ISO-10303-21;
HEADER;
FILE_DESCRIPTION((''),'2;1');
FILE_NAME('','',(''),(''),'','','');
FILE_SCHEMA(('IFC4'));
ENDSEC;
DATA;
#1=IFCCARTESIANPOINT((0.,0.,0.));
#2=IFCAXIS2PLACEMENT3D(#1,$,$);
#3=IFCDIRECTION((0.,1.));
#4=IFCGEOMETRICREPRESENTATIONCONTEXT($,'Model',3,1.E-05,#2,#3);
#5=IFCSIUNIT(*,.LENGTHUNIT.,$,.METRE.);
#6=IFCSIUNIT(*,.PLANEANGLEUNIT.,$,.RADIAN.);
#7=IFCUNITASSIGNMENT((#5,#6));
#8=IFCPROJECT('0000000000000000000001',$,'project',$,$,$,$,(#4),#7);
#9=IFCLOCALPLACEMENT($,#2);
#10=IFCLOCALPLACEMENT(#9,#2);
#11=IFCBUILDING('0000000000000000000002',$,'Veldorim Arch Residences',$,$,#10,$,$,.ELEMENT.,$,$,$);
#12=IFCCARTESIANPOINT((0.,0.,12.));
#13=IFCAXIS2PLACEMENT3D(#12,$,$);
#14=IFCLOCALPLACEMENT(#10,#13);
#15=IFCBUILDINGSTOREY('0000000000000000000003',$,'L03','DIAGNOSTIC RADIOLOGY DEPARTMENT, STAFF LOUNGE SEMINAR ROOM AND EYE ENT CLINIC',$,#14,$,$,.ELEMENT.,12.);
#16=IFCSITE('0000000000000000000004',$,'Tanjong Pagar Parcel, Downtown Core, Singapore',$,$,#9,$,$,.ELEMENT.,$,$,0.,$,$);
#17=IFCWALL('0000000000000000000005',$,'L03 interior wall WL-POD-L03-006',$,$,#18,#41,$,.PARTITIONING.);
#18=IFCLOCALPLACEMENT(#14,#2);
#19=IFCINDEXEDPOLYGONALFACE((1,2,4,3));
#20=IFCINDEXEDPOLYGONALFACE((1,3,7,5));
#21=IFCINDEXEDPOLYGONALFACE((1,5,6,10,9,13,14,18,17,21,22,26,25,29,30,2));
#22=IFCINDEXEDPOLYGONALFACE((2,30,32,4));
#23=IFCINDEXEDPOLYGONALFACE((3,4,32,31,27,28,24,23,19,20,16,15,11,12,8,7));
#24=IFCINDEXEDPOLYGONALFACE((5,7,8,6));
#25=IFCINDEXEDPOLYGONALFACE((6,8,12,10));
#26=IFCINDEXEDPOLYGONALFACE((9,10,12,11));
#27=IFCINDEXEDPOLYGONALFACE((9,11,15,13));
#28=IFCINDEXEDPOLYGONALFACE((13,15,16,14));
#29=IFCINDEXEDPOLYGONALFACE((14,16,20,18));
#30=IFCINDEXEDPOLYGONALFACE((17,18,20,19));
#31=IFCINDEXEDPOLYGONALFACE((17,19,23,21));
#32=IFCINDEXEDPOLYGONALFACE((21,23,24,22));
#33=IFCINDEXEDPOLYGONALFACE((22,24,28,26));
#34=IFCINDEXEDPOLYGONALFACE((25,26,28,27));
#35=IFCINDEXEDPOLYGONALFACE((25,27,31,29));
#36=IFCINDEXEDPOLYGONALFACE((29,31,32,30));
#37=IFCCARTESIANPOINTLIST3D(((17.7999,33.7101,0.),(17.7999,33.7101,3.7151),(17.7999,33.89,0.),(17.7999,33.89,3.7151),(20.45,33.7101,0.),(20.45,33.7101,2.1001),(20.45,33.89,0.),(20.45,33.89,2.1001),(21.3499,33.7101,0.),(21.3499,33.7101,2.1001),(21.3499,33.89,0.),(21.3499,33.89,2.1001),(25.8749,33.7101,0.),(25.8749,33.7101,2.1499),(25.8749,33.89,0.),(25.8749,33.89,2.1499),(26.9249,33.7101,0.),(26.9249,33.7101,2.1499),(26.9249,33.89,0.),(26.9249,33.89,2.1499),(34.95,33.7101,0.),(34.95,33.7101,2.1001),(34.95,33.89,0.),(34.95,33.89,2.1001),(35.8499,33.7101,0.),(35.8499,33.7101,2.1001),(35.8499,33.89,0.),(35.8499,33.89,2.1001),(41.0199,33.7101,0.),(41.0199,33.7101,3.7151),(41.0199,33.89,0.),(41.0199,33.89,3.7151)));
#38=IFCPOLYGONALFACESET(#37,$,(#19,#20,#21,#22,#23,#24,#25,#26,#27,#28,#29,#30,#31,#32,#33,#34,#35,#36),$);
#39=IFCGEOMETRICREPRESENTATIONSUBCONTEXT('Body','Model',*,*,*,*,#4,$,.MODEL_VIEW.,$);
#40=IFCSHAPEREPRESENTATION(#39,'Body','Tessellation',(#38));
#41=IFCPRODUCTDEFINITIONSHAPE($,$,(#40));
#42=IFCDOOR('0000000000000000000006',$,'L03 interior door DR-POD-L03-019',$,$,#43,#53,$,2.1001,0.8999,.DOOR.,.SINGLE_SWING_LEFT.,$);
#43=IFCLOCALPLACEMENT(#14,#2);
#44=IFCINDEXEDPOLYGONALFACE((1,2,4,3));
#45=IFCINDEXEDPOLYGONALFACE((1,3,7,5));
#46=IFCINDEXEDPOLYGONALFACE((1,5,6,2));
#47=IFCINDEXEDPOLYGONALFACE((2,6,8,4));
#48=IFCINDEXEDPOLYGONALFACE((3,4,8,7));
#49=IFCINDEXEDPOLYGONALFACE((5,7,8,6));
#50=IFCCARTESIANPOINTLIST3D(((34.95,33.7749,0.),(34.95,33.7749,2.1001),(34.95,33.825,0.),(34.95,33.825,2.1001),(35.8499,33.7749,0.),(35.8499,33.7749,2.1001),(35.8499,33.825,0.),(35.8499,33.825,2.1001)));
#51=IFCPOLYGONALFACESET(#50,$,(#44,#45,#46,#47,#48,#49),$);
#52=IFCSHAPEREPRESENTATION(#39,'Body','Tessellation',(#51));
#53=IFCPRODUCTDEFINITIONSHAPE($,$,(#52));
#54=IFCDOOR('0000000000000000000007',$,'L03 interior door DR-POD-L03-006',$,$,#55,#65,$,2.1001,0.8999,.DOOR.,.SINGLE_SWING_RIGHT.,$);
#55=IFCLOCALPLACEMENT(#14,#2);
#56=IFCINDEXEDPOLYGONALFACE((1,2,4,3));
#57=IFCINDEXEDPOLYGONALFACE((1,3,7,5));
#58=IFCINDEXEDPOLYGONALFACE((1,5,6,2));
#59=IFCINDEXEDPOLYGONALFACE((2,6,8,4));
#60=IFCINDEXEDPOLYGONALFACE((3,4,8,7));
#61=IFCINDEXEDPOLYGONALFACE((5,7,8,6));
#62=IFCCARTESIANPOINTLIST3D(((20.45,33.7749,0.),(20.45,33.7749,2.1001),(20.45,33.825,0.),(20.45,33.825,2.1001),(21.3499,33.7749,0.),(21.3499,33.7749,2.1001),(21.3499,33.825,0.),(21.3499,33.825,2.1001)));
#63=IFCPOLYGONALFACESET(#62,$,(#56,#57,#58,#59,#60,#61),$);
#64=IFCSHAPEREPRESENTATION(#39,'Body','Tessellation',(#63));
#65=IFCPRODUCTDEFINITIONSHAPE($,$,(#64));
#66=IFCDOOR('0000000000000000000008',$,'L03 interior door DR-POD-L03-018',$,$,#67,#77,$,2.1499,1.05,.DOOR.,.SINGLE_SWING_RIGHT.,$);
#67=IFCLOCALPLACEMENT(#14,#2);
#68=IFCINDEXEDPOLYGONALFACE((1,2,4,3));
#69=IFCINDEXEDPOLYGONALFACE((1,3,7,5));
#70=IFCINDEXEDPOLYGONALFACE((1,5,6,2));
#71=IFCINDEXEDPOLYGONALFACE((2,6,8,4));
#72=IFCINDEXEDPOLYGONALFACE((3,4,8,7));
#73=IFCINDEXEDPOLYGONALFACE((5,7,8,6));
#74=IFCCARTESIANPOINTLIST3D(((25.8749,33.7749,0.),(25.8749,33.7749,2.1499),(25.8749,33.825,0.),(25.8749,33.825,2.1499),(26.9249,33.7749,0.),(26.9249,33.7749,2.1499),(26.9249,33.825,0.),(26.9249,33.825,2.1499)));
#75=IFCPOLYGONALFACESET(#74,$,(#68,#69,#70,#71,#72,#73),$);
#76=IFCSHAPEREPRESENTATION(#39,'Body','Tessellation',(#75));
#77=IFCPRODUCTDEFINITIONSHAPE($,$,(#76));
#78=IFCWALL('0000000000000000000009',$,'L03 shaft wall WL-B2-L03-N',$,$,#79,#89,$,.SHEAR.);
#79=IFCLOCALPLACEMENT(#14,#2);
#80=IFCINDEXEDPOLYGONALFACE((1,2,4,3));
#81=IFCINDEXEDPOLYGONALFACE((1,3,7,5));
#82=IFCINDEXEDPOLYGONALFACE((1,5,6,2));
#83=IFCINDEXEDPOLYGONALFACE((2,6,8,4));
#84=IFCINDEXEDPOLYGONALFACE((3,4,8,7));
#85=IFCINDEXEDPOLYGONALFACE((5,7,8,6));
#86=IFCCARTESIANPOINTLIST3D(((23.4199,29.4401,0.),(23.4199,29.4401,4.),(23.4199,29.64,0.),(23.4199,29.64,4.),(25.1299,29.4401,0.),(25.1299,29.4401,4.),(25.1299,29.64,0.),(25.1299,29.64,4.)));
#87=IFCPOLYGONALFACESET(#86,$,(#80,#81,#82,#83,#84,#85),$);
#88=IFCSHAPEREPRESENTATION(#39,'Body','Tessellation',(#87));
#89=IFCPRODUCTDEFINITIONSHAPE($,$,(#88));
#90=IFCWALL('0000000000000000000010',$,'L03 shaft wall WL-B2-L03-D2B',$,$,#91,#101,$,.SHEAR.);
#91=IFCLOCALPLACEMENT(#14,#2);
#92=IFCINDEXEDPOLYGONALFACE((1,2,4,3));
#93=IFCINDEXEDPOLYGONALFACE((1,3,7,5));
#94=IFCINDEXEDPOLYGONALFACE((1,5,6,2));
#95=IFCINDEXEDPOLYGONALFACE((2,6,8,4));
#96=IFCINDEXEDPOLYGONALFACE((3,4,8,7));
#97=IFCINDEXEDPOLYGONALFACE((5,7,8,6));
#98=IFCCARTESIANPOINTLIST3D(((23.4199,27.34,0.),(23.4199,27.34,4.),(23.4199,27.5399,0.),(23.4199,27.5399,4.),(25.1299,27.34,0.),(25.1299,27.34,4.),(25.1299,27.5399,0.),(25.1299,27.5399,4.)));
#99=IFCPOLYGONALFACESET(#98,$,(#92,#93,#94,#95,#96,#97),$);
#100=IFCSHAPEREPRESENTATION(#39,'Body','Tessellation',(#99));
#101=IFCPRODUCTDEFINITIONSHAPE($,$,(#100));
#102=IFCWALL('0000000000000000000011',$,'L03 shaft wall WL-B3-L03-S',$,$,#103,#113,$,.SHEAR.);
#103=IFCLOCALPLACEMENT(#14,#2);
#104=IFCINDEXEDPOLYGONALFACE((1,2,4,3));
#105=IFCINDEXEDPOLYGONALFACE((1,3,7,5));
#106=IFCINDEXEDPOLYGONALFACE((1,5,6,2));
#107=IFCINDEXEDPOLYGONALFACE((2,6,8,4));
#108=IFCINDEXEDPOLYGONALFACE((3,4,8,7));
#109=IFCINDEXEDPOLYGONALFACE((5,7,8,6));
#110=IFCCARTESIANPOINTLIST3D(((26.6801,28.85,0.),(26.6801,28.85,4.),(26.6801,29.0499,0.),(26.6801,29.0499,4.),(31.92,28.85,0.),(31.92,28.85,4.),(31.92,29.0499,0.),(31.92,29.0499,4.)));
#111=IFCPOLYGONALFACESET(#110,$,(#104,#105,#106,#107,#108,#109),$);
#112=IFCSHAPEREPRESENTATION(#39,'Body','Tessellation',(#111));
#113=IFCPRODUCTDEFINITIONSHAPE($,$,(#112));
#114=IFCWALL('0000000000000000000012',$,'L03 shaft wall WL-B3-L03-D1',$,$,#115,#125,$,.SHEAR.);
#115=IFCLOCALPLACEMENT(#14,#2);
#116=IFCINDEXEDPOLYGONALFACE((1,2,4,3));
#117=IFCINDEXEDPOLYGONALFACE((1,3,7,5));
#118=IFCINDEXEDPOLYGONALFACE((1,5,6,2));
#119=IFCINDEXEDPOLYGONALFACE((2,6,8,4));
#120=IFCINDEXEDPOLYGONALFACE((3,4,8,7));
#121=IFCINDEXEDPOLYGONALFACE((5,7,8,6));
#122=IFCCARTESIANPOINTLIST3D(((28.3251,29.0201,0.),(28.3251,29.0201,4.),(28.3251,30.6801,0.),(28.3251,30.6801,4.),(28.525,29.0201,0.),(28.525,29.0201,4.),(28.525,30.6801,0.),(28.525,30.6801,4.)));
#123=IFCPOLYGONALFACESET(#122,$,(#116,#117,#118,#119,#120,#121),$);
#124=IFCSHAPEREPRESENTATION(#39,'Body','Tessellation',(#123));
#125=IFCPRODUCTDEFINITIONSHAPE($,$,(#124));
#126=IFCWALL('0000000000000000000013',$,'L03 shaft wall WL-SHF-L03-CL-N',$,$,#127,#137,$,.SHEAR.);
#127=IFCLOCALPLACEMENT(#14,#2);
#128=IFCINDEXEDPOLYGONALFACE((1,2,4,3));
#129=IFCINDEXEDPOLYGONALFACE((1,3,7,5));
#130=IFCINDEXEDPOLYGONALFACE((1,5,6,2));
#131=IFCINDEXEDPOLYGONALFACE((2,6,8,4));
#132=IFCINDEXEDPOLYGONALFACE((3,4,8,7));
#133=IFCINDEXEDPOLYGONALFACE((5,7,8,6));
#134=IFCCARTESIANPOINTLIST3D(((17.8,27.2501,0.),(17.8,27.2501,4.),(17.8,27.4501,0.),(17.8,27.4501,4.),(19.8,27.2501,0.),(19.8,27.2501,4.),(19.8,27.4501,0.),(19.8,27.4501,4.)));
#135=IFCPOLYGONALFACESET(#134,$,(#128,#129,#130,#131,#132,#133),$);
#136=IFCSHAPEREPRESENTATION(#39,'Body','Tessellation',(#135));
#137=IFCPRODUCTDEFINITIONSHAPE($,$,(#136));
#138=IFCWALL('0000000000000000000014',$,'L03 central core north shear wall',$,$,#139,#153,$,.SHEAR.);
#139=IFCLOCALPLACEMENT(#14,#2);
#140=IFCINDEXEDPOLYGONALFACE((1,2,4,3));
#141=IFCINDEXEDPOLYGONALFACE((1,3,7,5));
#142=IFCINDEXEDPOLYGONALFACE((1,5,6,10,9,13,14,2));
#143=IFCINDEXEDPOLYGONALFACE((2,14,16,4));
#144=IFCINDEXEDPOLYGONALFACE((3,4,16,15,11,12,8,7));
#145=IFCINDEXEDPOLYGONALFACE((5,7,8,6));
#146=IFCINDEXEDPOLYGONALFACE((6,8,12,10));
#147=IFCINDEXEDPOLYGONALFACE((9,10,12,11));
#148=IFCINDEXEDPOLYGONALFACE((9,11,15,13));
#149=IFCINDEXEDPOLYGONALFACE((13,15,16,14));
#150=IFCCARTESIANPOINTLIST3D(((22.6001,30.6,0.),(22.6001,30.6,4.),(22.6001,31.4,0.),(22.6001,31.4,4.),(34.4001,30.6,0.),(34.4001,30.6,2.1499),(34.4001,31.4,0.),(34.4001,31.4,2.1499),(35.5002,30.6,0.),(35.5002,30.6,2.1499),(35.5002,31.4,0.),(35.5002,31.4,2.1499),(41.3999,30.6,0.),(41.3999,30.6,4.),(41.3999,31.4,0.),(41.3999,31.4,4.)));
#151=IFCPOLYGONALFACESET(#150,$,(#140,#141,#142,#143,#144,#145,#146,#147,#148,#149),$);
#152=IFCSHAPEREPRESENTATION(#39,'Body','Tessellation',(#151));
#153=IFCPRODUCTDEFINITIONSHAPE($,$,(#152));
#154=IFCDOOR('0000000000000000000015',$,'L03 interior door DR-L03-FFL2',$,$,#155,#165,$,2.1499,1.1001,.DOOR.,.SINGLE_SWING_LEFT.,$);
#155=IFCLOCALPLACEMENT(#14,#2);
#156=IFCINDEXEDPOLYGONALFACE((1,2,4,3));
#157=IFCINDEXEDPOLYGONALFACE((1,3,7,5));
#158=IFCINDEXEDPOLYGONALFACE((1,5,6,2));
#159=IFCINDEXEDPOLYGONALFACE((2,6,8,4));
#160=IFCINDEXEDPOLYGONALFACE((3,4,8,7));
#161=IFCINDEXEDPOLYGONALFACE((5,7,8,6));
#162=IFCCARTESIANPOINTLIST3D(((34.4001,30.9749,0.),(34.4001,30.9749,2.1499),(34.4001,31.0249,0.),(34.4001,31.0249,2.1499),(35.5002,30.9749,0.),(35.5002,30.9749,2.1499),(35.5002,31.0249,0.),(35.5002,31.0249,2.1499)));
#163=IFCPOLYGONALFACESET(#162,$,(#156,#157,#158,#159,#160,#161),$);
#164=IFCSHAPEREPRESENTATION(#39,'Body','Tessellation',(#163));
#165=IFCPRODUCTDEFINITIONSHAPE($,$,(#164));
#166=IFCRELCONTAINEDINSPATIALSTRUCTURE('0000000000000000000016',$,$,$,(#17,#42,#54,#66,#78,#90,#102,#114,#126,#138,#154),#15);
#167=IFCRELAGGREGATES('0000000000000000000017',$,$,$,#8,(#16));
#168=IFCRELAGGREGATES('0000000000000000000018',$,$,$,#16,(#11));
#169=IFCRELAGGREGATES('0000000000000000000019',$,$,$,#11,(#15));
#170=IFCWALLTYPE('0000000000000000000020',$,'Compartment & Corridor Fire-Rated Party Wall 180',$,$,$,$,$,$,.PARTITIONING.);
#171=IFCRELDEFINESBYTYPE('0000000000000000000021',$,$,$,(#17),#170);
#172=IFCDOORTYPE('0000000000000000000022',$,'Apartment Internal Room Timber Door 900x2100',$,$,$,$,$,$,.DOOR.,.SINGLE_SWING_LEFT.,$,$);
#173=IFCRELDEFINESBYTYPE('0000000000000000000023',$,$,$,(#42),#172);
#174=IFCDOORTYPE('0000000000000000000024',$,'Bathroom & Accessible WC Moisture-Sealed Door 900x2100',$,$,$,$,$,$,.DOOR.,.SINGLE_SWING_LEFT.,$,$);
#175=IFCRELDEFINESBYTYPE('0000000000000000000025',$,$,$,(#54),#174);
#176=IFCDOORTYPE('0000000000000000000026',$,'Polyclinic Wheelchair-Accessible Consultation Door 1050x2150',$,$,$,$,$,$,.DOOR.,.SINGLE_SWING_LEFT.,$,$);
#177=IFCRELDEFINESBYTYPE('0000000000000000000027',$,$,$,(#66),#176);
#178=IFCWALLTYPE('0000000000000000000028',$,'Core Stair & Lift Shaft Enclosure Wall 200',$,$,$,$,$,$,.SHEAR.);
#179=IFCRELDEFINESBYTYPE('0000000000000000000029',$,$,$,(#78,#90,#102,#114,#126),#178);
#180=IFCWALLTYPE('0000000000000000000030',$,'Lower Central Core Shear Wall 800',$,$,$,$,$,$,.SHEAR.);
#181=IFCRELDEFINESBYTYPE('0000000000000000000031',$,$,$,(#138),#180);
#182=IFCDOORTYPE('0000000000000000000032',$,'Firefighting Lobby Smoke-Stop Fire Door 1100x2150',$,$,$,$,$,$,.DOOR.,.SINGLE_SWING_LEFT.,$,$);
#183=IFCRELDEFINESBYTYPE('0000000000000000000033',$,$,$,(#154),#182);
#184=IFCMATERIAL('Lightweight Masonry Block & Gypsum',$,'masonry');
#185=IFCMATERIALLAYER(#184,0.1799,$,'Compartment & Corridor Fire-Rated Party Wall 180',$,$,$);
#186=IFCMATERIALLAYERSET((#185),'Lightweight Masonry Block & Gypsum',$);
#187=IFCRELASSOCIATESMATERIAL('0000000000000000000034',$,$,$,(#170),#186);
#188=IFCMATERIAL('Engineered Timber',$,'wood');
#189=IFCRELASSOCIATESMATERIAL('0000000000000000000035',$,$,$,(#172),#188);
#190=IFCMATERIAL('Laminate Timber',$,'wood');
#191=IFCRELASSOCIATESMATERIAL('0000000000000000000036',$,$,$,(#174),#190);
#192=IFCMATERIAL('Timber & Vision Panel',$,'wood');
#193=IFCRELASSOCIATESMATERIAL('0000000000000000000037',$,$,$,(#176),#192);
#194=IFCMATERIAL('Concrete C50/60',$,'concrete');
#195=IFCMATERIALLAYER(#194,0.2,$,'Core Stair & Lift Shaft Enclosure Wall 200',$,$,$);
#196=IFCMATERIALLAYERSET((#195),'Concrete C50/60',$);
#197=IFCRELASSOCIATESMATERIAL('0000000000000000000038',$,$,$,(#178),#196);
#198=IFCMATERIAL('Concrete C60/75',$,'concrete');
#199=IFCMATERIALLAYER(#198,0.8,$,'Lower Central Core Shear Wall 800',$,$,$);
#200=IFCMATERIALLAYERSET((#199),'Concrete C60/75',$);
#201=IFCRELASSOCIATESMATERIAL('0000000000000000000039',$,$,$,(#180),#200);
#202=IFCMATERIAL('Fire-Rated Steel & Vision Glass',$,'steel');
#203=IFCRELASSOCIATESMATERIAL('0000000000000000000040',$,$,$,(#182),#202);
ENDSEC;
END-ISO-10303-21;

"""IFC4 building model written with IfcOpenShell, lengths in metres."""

from ifc_helpers import new_model, si_unit, direction, frame, frame_2d, origin, place, context, subcontext, project, spatial, rectangle, extrude, material, layer, layer_set, type_object, element, fill, save


model = new_model("IFC4")

# Units and contexts
model_context = context("Model", 3, precision=1e-05, world=origin(), true_north=direction((0.0, 1.0)))
body_context = subcontext(model_context, "Body", "Model", "MODEL_VIEW")
ifc_project = project(units=[si_unit("LENGTHUNIT", "METRE"), si_unit("PLANEANGLEUNIT", "RADIAN")], contexts=[model_context])

# Site, building, storey
site_placement = place(None, origin())
site = spatial("IfcSite", under=ifc_project, at=site_placement, Name="Tanjong Pagar Parcel, Downtown Core, Singapore", CompositionType="ELEMENT", RefElevation=0.0)
building_placement = place(site_placement, origin())
building = spatial("IfcBuilding", under=site, at=building_placement, Name="Veldorim Arch Residences", CompositionType="ELEMENT")
storey_placement = place(building_placement, frame((0.0, 0.0, 12.0)))
storey = spatial("IfcBuildingStorey", under=building, at=storey_placement, Name="L03", Description="DIAGNOSTIC RADIOLOGY DEPARTMENT, STAFF LOUNGE SEMINAR ROOM AND EYE ENT CLINIC", CompositionType="ELEMENT", Elevation=12.0)

# Wall, openings, doors
ifc_material_1 = material(Name="Lightweight Masonry Block & Gypsum", Category="masonry")
ifc_layer_1 = layer(ifc_material_1, 0.1799, Name="Compartment & Corridor Fire-Rated Party Wall 180")
ifc_layer_set_1 = layer_set([ifc_layer_1], Name="Lightweight Masonry Block & Gypsum")
wall_type_1 = type_object("IfcWallType", Name="Compartment & Corridor Fire-Rated Party Wall 180", PredefinedType="PARTITIONING", material=ifc_layer_set_1)
wall_1_placement = place(storey_placement, frame((17.8, 33.8, 0.0), z_axis=(0.0, 0.0, 1.0), x_axis=(1.0, 0.0, 0.0)))
wall_1 = element("IfcWall", 1, at=wall_1_placement, inside=storey, type_object=wall_type_1, Name="L03 interior wall WL-POD-L03-006", PredefinedType="PARTITIONING", context=body_context, shape_type="SweptSolid", body=[
    extrude(rectangle(XDim=23.22, YDim=0.1799, at=frame_2d((11.6099, 0.0))), origin(), (0.0, 0.0, 1.0), 3.7151),
])
opening_1_placement = place(wall_1_placement, frame((2.6499, 0.0, 0.0)))
opening_1 = element("IfcOpeningElement", 2, at=opening_1_placement, cuts=wall_1, PredefinedType="OPENING", context=body_context, shape_type="SweptSolid", body=[
    extrude(rectangle(XDim=0.8999, YDim=2.1001, at=frame_2d((0.45, 1.05))), frame((0.0, 0.0999, 0.0), z_axis=(0.0, -1.0, 0.0), x_axis=(1.0, 0.0, 0.0)), (0.0, 0.0, 1.0), 0.2),
])
opening_2_placement = place(wall_1_placement, frame((8.075, 0.0, 0.0)))
opening_2 = element("IfcOpeningElement", 3, at=opening_2_placement, cuts=wall_1, PredefinedType="OPENING", context=body_context, shape_type="SweptSolid", body=[
    extrude(rectangle(XDim=1.05, YDim=2.1499, at=frame_2d((0.5249, 1.075))), frame((0.0, 0.0999, 0.0), z_axis=(0.0, -1.0, 0.0), x_axis=(1.0, 0.0, 0.0)), (0.0, 0.0, 1.0), 0.2),
])
opening_3_placement = place(wall_1_placement, frame((17.1499, 0.0, 0.0)))
opening_3 = element("IfcOpeningElement", 4, at=opening_3_placement, cuts=wall_1, PredefinedType="OPENING", context=body_context, shape_type="SweptSolid", body=[
    extrude(rectangle(XDim=0.8999, YDim=2.1001, at=frame_2d((0.45, 1.05))), frame((0.0, 0.0999, 0.0), z_axis=(0.0, -1.0, 0.0), x_axis=(1.0, 0.0, 0.0)), (0.0, 0.0, 1.0), 0.2),
])
ifc_material_2 = material(Name="Engineered Timber", Category="wood")
door_type_1 = type_object("IfcDoorType", Name="Apartment Internal Room Timber Door 900x2100", OperationType="SINGLE_SWING_LEFT", PredefinedType="DOOR", material=ifc_material_2)
door_1_placement = place(opening_3_placement, origin())
door_1 = element("IfcDoor", 5, at=door_1_placement, inside=storey, type_object=door_type_1, Name="L03 interior door DR-POD-L03-019", OperationType="SINGLE_SWING_LEFT", OverallHeight=2.1001, OverallWidth=0.8999, PredefinedType="DOOR", context=body_context, shape_type="SweptSolid", body=[
    extrude(rectangle(XDim=0.8999, YDim=2.1001, at=frame_2d((0.45, 1.05))), frame((0.0, 0.0249, 0.0), z_axis=(0.0, -1.0, 0.0), x_axis=(1.0, 0.0, 0.0)), (0.0, 0.0, 1.0), 0.05),
])
fill(opening_3, door_1)
ifc_material_3 = material(Name="Laminate Timber", Category="wood")
door_type_2 = type_object("IfcDoorType", Name="Bathroom & Accessible WC Moisture-Sealed Door 900x2100", OperationType="SINGLE_SWING_LEFT", PredefinedType="DOOR", material=ifc_material_3)
door_2_placement = place(opening_1_placement, origin())
door_2 = element("IfcDoor", 6, at=door_2_placement, inside=storey, type_object=door_type_2, Name="L03 interior door DR-POD-L03-006", OperationType="SINGLE_SWING_RIGHT", OverallHeight=2.1001, OverallWidth=0.8999, PredefinedType="DOOR", context=body_context, shape_type="SweptSolid", body=[
    extrude(rectangle(XDim=0.8999, YDim=2.1001, at=frame_2d((0.45, 1.05))), frame((0.0, 0.0249, 0.0), z_axis=(0.0, -1.0, 0.0), x_axis=(1.0, 0.0, 0.0)), (0.0, 0.0, 1.0), 0.05),
])
fill(opening_1, door_2)
ifc_material_4 = material(Name="Timber & Vision Panel", Category="wood")
door_type_3 = type_object("IfcDoorType", Name="Polyclinic Wheelchair-Accessible Consultation Door 1050x2150", OperationType="SINGLE_SWING_LEFT", PredefinedType="DOOR", material=ifc_material_4)
door_3_placement = place(opening_2_placement, origin())
door_3 = element("IfcDoor", 7, at=door_3_placement, inside=storey, type_object=door_type_3, Name="L03 interior door DR-POD-L03-018", OperationType="SINGLE_SWING_RIGHT", OverallHeight=2.1499, OverallWidth=1.05, PredefinedType="DOOR", context=body_context, shape_type="SweptSolid", body=[
    extrude(rectangle(XDim=1.05, YDim=2.1499, at=frame_2d((0.5249, 1.075))), frame((0.0, 0.0249, 0.0), z_axis=(0.0, -1.0, 0.0), x_axis=(1.0, 0.0, 0.0)), (0.0, 0.0, 1.0), 0.05),
])
fill(opening_2, door_3)

# Walls
ifc_material_5 = material(Name="Concrete C50/60", Category="concrete")
ifc_layer_2 = layer(ifc_material_5, 0.2, Name="Core Stair & Lift Shaft Enclosure Wall 200")
ifc_layer_set_2 = layer_set([ifc_layer_2], Name="Concrete C50/60")
wall_type_2 = type_object("IfcWallType", Name="Core Stair & Lift Shaft Enclosure Wall 200", PredefinedType="SHEAR", material=ifc_layer_set_2)
for number, where, z_axis, x_axis, name in (
    (8, (23.4199, 29.54, 0.0), (0.0, 0.0, 1.0), (1.0, 0.0, 0.0), "L03 shaft wall WL-B2-L03-N"),
    (9, (23.4199, 27.4399, 0.0), (0.0, 0.0, 1.0), (1.0, 0.0, 0.0), "L03 shaft wall WL-B2-L03-D2B"),
):
    element("IfcWall", number, at=place(storey_placement, frame(where, z_axis=z_axis, x_axis=x_axis)), inside=storey, type_object=wall_type_2, Name=name, PredefinedType="SHEAR", context=body_context, shape_type="SweptSolid", body=[
        extrude(rectangle(XDim=1.71, YDim=0.2, at=frame_2d((0.855, 0.0))), origin(), (0.0, 0.0, 1.0), 4.0),
    ])
wall_2_placement = place(storey_placement, frame((26.6799, 28.95, 0.0), z_axis=(0.0, 0.0, 1.0), x_axis=(1.0, 0.0, 0.0)))
element("IfcWall", 10, at=wall_2_placement, inside=storey, type_object=wall_type_2, Name="L03 shaft wall WL-B3-L03-S", PredefinedType="SHEAR", context=body_context, shape_type="SweptSolid", body=[
    extrude(rectangle(XDim=5.24, YDim=0.2, at=frame_2d((2.6201, 0.0))), origin(), (0.0, 0.0, 1.0), 4.0),
])
wall_3_placement = place(storey_placement, frame((28.425, 29.02, 0.0), z_axis=(0.0, 0.0, 1.0), x_axis=(0.0, 1.0, 0.0)))
element("IfcWall", 11, at=wall_3_placement, inside=storey, type_object=wall_type_2, Name="L03 shaft wall WL-B3-L03-D1", PredefinedType="SHEAR", context=body_context, shape_type="SweptSolid", body=[
    extrude(rectangle(XDim=1.6599, YDim=0.2, at=frame_2d((0.8301, 0.0))), origin(), (0.0, 0.0, 1.0), 4.0),
])
wall_4_placement = place(storey_placement, frame((17.8, 27.3501, 0.0), z_axis=(0.0, 0.0, 1.0), x_axis=(1.0, 0.0, 0.0)))
element("IfcWall", 12, at=wall_4_placement, inside=storey, type_object=wall_type_2, Name="L03 shaft wall WL-SHF-L03-CL-N", PredefinedType="SHEAR", context=body_context, shape_type="SweptSolid", body=[
    extrude(rectangle(XDim=2.0, YDim=0.2, at=frame_2d((1.0, 0.0))), origin(), (0.0, 0.0, 1.0), 4.0),
])

# Wall, opening, door
ifc_material_6 = material(Name="Concrete C60/75", Category="concrete")
ifc_layer_3 = layer(ifc_material_6, 0.8, Name="Lower Central Core Shear Wall 800")
ifc_layer_set_3 = layer_set([ifc_layer_3], Name="Concrete C60/75")
wall_type_3 = type_object("IfcWallType", Name="Lower Central Core Shear Wall 800", PredefinedType="SHEAR", material=ifc_layer_set_3)
wall_5_placement = place(storey_placement, frame((22.6001, 31.0, 0.0), z_axis=(0.0, 0.0, 1.0), x_axis=(1.0, 0.0, 0.0)))
wall_5 = element("IfcWall", 13, at=wall_5_placement, inside=storey, type_object=wall_type_3, Name="L03 central core north shear wall", PredefinedType="SHEAR", context=body_context, shape_type="SweptSolid", body=[
    extrude(rectangle(XDim=18.7998, YDim=0.8, at=frame_2d((9.3999, 0.0))), origin(), (0.0, 0.0, 1.0), 4.0),
])
opening_4_placement = place(wall_5_placement, frame((11.8, 0.0, 0.0)))
opening_4 = element("IfcOpeningElement", 14, at=opening_4_placement, cuts=wall_5, PredefinedType="OPENING", context=body_context, shape_type="SweptSolid", body=[
    extrude(rectangle(XDim=1.1001, YDim=2.1499, at=frame_2d((0.55, 1.075))), frame((0.0, 0.4099, 0.0), z_axis=(0.0, -1.0, 0.0), x_axis=(1.0, 0.0, 0.0)), (0.0, 0.0, 1.0), 0.8201),
])
ifc_material_7 = material(Name="Fire-Rated Steel & Vision Glass", Category="steel")
door_type_4 = type_object("IfcDoorType", Name="Firefighting Lobby Smoke-Stop Fire Door 1100x2150", OperationType="SINGLE_SWING_LEFT", PredefinedType="DOOR", material=ifc_material_7)
door_4_placement = place(opening_4_placement, origin())
door_4 = element("IfcDoor", 15, at=door_4_placement, inside=storey, type_object=door_type_4, Name="L03 interior door DR-L03-FFL2", OperationType="SINGLE_SWING_LEFT", OverallHeight=2.1499, OverallWidth=1.1001, PredefinedType="DOOR", context=body_context, shape_type="SweptSolid", body=[
    extrude(rectangle(XDim=1.1001, YDim=2.1499, at=frame_2d((0.55, 1.075))), frame((0.0, 0.0249, 0.0), z_axis=(0.0, -1.0, 0.0), x_axis=(1.0, 0.0, 0.0)), (0.0, 0.0, 1.0), 0.05),
])
fill(opening_4, door_4)

save(model, "model.ifc")
